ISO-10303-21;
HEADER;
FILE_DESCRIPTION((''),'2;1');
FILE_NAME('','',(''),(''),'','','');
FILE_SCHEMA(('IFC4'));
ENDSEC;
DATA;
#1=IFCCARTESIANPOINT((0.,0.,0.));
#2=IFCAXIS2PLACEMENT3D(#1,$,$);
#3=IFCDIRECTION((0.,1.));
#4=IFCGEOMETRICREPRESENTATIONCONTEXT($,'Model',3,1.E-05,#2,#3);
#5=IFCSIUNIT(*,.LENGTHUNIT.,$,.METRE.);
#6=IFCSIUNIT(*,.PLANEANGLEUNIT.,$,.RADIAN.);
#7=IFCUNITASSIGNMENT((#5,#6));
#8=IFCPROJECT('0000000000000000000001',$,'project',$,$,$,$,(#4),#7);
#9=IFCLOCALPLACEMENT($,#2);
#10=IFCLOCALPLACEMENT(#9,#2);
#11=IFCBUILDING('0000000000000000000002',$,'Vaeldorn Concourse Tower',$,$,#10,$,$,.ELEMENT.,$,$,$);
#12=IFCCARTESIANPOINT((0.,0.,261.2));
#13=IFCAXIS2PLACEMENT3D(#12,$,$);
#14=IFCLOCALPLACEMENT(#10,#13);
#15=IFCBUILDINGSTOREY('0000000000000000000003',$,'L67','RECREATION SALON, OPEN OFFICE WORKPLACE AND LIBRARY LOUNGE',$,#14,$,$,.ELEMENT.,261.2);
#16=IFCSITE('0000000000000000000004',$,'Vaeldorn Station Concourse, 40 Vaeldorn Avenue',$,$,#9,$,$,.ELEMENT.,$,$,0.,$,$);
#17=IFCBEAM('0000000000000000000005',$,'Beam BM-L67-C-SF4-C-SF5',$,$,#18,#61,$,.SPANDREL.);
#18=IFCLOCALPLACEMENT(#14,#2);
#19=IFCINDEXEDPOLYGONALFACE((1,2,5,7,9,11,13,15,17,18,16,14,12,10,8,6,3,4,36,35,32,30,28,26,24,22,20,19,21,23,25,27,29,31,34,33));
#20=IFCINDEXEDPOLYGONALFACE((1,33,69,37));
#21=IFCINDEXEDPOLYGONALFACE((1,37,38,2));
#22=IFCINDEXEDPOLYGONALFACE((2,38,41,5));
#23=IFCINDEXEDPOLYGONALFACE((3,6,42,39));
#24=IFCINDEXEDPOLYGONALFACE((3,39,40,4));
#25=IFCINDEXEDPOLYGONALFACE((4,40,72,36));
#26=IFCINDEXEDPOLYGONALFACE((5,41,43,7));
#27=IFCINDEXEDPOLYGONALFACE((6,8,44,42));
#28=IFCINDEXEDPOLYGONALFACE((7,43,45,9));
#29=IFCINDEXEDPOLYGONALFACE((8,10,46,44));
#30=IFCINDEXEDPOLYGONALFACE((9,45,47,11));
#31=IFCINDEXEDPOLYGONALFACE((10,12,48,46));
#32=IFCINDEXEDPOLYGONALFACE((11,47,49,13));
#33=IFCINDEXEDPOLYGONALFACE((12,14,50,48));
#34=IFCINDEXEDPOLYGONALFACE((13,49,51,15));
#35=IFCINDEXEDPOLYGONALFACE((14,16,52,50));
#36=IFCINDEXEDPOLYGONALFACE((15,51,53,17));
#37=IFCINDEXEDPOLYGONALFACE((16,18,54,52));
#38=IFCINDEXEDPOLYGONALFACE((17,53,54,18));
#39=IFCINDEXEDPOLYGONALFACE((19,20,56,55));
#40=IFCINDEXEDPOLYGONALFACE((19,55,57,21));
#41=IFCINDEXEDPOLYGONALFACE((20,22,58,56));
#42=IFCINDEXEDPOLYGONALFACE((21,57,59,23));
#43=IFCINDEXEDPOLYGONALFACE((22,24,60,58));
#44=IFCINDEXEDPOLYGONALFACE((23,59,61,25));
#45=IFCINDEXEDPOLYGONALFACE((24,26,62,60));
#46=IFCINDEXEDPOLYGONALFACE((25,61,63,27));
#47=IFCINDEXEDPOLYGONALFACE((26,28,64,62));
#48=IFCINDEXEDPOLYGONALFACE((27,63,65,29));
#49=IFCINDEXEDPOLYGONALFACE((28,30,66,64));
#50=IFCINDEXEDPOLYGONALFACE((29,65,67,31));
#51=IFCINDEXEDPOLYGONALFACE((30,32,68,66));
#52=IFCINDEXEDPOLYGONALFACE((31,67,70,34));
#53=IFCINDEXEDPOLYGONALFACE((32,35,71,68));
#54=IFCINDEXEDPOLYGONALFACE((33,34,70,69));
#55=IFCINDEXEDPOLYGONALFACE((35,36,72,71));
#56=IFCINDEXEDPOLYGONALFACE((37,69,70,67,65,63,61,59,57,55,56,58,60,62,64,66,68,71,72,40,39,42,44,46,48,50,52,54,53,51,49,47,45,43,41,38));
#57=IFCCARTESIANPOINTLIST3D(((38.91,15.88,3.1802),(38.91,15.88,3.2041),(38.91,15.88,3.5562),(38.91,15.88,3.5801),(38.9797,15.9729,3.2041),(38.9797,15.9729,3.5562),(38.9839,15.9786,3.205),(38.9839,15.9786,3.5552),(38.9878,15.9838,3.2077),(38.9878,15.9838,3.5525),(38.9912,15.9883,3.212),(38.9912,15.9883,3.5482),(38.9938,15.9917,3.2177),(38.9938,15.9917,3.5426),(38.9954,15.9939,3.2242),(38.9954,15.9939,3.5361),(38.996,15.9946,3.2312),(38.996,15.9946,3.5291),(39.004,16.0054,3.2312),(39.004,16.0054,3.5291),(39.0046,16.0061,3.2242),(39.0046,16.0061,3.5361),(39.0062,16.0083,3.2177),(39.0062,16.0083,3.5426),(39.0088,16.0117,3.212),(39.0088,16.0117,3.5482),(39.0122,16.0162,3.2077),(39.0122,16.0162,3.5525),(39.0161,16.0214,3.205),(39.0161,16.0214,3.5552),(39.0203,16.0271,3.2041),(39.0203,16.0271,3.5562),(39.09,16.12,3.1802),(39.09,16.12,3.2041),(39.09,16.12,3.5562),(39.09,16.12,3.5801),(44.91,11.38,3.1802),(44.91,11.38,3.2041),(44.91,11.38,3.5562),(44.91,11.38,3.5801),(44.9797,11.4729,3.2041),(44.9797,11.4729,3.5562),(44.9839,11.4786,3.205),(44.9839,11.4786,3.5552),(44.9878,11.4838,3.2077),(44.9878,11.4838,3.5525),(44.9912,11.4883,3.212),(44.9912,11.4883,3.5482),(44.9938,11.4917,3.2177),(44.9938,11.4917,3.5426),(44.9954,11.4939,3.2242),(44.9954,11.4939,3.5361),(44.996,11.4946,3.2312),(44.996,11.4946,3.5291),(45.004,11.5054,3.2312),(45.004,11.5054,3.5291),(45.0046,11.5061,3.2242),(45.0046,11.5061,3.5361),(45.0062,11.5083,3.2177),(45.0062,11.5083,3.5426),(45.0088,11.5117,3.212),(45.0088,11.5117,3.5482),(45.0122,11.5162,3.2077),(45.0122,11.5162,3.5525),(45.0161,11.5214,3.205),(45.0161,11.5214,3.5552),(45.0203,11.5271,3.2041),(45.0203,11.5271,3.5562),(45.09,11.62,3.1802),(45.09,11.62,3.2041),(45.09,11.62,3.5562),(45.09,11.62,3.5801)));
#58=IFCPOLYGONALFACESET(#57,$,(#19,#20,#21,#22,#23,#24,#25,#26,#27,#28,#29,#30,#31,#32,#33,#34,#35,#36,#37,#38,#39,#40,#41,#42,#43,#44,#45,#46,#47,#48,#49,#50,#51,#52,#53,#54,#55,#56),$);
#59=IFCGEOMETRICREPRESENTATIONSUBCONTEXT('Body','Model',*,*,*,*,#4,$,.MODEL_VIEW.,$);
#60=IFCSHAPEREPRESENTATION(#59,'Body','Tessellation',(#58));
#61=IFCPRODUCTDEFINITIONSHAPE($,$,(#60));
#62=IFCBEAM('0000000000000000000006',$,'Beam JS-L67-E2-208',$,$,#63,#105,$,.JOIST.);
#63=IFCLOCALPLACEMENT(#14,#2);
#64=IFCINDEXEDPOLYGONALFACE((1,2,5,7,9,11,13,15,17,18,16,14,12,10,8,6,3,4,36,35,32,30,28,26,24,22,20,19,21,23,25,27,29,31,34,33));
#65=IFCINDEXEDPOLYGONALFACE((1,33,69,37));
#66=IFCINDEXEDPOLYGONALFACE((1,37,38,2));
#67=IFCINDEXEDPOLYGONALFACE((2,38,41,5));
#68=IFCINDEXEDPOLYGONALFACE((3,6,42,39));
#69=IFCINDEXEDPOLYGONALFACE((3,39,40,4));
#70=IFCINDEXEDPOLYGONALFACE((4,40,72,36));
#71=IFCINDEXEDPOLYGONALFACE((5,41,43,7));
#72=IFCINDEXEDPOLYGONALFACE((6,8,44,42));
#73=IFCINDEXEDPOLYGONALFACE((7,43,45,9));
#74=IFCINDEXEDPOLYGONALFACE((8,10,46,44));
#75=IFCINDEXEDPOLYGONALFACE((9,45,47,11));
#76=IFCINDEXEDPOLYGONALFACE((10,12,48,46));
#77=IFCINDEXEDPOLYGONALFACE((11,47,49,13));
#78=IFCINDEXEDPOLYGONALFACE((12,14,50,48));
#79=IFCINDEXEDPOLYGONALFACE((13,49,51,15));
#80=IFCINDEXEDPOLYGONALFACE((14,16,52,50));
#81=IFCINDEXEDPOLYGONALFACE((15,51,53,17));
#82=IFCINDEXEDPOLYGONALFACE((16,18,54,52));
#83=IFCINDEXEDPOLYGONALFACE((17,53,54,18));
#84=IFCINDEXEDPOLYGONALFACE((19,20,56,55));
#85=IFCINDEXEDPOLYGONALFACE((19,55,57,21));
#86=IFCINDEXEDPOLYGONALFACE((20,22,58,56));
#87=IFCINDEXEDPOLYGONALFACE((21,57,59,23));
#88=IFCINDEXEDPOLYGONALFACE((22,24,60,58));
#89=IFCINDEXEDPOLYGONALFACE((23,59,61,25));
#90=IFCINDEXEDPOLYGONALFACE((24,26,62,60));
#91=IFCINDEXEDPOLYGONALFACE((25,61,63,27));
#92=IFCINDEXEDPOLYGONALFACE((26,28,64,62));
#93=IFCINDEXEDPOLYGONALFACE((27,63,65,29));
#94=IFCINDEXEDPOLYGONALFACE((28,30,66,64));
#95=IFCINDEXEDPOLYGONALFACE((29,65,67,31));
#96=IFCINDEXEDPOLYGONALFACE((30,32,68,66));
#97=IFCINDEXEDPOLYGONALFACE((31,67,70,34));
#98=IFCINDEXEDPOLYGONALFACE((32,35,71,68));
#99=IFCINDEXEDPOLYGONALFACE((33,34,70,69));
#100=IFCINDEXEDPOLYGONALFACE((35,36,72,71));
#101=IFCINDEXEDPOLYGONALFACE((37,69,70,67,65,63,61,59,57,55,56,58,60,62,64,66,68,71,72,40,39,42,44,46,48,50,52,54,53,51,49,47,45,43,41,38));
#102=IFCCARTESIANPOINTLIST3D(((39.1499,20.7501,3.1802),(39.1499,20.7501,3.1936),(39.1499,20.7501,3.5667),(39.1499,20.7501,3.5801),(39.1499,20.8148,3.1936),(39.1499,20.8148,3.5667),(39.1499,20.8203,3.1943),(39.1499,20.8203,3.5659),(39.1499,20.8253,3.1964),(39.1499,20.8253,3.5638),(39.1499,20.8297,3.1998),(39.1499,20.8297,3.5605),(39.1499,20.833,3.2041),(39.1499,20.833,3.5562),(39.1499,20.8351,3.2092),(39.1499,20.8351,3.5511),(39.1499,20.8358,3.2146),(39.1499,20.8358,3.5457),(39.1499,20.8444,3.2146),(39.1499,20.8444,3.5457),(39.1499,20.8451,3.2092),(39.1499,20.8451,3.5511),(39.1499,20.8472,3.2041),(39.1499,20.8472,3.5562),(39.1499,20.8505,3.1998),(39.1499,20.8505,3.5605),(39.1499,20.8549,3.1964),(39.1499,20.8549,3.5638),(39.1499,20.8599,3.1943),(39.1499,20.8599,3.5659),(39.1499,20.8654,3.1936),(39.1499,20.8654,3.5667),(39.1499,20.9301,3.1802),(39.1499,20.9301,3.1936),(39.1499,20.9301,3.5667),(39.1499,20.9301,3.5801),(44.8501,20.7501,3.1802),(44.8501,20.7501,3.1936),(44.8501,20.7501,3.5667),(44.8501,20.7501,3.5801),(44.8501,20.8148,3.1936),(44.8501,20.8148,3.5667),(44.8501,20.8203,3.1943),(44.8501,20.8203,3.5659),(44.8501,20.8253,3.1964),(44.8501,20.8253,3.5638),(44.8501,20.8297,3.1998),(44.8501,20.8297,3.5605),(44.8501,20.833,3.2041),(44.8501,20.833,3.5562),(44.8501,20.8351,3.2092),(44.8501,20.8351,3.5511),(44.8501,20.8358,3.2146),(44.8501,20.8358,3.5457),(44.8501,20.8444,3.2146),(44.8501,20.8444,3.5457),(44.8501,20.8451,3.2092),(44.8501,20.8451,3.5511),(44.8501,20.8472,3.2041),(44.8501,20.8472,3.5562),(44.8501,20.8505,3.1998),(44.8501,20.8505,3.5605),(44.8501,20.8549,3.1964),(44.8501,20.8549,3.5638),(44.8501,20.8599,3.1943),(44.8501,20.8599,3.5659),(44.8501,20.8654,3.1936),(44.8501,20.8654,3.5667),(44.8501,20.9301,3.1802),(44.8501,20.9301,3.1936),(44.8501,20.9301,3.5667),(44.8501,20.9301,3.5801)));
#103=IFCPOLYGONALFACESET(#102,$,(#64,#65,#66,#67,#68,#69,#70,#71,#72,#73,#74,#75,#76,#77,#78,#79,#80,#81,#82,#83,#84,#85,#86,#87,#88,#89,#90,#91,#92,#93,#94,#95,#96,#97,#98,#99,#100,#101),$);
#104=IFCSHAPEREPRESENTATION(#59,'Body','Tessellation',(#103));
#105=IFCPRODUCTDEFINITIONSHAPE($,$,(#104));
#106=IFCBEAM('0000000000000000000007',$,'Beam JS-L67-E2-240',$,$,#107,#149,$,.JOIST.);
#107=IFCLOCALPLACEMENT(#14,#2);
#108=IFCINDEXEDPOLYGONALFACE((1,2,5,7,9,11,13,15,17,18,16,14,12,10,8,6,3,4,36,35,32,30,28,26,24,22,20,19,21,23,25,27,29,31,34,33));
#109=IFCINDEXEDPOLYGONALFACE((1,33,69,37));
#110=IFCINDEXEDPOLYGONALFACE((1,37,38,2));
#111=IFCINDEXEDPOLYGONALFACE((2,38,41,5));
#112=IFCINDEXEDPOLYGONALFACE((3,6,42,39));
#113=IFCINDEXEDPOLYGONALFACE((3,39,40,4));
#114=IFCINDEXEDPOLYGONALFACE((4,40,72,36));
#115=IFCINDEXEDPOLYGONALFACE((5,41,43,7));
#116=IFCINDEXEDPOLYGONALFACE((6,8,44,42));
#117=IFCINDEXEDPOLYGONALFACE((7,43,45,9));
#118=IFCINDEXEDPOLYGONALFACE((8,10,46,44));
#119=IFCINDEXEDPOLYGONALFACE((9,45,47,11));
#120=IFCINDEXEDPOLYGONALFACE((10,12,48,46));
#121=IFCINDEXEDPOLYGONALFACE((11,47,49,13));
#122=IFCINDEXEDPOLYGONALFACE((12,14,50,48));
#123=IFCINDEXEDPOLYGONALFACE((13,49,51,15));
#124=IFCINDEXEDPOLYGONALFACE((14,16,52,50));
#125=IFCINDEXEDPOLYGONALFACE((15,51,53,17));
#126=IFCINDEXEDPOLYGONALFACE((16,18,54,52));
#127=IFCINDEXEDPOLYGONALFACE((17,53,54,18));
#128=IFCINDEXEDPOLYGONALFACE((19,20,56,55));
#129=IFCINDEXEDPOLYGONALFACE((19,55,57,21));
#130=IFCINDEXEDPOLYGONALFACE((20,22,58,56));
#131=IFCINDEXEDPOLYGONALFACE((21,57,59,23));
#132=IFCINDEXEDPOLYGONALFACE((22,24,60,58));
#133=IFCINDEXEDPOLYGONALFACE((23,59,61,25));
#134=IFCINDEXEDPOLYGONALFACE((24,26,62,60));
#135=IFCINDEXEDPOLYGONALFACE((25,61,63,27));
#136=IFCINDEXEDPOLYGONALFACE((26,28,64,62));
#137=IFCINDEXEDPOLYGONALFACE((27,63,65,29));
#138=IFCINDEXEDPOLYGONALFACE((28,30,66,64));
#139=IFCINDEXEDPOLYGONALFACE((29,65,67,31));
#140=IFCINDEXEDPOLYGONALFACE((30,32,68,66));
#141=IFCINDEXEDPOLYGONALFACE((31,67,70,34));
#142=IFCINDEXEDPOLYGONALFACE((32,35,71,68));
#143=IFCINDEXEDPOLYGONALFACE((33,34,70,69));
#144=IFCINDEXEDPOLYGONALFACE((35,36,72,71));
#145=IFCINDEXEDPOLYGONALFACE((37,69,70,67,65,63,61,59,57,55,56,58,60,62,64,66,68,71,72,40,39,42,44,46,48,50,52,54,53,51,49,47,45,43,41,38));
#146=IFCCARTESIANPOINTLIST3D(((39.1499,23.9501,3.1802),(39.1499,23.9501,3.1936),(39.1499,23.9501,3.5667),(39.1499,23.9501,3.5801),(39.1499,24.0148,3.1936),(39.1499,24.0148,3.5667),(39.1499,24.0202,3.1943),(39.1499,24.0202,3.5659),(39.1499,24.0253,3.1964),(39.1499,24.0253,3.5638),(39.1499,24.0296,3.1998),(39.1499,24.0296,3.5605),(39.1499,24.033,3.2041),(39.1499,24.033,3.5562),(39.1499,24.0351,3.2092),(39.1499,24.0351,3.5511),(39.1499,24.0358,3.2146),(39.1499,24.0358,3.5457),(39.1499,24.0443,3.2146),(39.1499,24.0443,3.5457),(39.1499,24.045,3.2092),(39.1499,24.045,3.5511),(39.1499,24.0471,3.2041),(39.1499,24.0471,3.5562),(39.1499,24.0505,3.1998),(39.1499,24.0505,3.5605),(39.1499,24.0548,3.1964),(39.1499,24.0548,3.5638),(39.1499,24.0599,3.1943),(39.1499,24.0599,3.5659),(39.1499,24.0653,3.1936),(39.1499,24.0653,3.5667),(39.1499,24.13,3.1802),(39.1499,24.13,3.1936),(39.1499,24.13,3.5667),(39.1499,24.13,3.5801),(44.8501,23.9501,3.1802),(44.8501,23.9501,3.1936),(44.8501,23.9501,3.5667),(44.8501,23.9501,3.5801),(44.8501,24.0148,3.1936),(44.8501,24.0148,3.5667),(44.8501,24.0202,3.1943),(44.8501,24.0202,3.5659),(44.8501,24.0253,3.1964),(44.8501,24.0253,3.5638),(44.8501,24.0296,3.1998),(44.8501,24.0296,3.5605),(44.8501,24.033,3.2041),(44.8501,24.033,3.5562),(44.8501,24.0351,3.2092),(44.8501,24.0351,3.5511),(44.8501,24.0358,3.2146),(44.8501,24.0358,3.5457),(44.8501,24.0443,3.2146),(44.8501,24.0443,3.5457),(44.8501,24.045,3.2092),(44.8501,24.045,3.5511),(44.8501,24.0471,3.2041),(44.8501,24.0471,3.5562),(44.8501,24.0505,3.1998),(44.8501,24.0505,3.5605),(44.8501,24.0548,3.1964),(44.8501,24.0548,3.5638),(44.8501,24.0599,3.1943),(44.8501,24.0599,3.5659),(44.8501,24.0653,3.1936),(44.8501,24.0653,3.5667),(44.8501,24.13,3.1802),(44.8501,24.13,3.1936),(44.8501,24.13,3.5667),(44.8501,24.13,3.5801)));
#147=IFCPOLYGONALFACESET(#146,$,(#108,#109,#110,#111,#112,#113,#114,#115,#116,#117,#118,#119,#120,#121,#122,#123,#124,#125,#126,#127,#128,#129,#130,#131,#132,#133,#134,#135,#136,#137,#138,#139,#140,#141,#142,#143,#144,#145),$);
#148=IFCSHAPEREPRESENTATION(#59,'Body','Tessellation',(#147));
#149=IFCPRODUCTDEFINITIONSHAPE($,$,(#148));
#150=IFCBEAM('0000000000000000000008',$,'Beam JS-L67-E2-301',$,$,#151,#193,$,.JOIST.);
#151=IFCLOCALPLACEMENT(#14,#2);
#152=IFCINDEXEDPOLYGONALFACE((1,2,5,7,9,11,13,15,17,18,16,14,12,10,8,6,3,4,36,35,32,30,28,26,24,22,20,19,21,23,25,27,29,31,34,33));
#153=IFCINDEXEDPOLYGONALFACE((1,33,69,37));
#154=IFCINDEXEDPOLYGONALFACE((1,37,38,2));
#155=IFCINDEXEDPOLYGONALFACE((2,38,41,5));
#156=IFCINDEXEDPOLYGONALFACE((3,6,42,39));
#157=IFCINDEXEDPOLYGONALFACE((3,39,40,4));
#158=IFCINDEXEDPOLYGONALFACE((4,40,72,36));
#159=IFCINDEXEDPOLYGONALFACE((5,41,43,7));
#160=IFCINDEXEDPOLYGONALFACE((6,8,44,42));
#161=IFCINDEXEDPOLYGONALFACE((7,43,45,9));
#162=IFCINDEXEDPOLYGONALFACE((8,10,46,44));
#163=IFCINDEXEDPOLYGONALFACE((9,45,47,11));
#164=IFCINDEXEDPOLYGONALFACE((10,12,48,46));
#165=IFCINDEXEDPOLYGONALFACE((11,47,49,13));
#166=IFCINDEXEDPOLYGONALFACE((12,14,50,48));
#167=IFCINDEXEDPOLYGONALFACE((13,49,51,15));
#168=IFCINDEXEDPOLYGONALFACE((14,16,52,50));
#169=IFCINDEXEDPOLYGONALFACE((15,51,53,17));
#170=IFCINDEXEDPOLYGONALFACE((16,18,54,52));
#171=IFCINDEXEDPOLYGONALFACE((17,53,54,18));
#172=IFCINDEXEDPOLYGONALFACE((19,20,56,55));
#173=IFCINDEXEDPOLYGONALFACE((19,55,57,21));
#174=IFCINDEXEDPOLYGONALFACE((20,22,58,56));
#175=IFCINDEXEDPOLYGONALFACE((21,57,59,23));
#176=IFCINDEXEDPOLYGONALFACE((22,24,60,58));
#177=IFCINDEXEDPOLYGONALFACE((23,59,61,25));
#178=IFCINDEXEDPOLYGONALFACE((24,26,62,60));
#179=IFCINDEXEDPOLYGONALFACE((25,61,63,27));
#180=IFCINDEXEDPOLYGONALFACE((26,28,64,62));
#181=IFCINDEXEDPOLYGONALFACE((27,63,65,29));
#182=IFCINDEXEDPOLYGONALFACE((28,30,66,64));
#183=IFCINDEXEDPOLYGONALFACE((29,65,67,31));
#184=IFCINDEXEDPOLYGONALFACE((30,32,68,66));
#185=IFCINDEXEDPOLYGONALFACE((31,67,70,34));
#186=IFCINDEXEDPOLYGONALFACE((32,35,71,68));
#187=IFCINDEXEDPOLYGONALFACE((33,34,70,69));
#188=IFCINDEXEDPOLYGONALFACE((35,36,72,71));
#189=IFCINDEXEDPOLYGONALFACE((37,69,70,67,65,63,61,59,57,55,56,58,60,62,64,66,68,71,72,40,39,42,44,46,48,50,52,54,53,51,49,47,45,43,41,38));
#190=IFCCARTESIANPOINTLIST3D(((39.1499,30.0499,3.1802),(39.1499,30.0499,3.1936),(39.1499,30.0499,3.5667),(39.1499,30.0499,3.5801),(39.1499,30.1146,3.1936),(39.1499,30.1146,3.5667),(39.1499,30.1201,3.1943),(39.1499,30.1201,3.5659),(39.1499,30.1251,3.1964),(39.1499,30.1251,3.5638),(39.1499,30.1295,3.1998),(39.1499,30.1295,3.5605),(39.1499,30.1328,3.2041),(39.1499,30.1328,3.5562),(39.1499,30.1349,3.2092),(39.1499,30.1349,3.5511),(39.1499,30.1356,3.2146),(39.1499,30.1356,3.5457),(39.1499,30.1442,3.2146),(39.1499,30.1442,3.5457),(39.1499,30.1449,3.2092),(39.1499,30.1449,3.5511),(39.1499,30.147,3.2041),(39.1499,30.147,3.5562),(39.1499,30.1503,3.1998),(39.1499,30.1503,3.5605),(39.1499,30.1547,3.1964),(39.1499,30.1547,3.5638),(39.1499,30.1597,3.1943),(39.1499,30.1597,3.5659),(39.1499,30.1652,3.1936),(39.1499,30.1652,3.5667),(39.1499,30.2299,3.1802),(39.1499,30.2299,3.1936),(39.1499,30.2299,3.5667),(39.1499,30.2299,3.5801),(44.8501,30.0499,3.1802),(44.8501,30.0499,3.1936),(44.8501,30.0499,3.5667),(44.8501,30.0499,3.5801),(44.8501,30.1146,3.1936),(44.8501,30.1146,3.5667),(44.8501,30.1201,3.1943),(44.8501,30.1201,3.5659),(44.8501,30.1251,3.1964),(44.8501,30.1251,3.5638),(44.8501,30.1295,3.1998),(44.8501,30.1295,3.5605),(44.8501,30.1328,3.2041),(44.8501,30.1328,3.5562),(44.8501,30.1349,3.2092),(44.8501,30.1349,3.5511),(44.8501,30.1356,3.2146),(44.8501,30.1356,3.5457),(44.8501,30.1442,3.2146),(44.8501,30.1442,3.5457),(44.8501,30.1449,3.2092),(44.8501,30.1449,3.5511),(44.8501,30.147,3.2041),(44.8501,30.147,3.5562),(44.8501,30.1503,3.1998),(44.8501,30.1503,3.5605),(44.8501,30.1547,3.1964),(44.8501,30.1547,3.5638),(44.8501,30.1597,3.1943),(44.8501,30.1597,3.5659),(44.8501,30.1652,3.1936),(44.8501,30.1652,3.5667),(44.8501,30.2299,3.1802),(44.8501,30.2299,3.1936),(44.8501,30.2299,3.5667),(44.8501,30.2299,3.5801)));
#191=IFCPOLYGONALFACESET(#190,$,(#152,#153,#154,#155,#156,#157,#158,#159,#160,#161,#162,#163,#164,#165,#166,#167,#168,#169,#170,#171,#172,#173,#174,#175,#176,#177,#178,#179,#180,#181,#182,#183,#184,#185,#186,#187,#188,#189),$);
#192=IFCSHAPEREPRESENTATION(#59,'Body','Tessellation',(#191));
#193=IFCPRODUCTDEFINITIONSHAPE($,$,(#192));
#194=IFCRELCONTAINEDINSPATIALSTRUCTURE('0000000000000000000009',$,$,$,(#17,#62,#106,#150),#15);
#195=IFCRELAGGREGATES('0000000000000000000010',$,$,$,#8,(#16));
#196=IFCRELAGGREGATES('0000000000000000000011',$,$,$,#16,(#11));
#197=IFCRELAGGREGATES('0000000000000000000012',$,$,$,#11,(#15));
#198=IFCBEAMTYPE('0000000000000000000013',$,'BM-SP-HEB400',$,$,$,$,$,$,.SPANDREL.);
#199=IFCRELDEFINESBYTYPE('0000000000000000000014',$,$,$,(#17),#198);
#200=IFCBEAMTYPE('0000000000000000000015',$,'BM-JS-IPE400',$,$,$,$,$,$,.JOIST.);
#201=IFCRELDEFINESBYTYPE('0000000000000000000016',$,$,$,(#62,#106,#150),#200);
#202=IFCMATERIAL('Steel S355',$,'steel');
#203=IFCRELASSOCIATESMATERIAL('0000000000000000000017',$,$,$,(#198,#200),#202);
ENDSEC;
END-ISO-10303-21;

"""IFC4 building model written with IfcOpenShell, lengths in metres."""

from ifc_helpers import new_model, si_unit, direction, frame, origin, origin_2d, place, context, subcontext, project, spatial, i_section, extrude, source, transform, mapped, material, material_profile, profile_set, type_object, element, save


model = new_model("IFC4")

# Units and contexts
model_context = context("Model", 3, precision=1e-05, world=origin(), true_north=direction((0.0, 1.0)))
body_context = subcontext(model_context, "Body", "Model", "MODEL_VIEW")
ifc_project = project(units=[si_unit("LENGTHUNIT", "METRE"), si_unit("PLANEANGLEUNIT", "RADIAN")], contexts=[model_context])

# Site, building, storey
site_placement = place(None, origin())
site = spatial("IfcSite", under=ifc_project, at=site_placement, Name="Vaeldorn Station Concourse, 40 Vaeldorn Avenue", CompositionType="ELEMENT", RefElevation=0.0)
building_placement = place(site_placement, origin())
building = spatial("IfcBuilding", under=site, at=building_placement, Name="Vaeldorn Concourse Tower", CompositionType="ELEMENT")
storey_placement = place(building_placement, frame((0.0, 0.0, 261.2)))
storey = spatial("IfcBuildingStorey", under=building, at=storey_placement, Name="L67", Description="RECREATION SALON, OPEN OFFICE WORKPLACE AND LIBRARY LOUNGE", CompositionType="ELEMENT", Elevation=261.2)

# Shared definitions
ifc_material_1 = material(Name="Steel S355", Category="steel")

# Beams
ifc_material_profile_1 = material_profile(ifc_material_1, i_section(OverallWidth=0.3, OverallDepth=0.3999, WebThickness=0.0134, FlangeThickness=0.0239, FilletRadius=0.0271, at=origin_2d()), Name="HEB 400")
ifc_profile_set_1 = profile_set([ifc_material_profile_1], Name="Steel S355")
beam_type_1 = type_object("IfcBeamType", Name="BM-SP-HEB400", PredefinedType="SPANDREL", material=ifc_profile_set_1)
shared_shape_1 = source(origin(), body_context, "Body", "SweptSolid", [
    extrude(i_section(OverallWidth=0.3, OverallDepth=0.3999, WebThickness=0.0134, FlangeThickness=0.0239, FilletRadius=0.0271, at=origin_2d()), origin(), (0.0, 0.0, 1.0), 7.5),
])
beam_1_placement = place(storey_placement, frame((39.0, 16.0, 3.3801), z_axis=(0.8, -0.6, 0.0), x_axis=(0.6, 0.8, 0.0)))
element("IfcBeam", 1, at=beam_1_placement, inside=storey, type_object=beam_type_1, Name="Beam BM-L67-C-SF4-C-SF5", PredefinedType="SPANDREL", context=body_context, shape_type="MappedRepresentation", body=[
    mapped(shared_shape_1, transform((0.0, 0.0, 0.0), scale=1.0)),
])
ifc_material_profile_2 = material_profile(ifc_material_1, i_section(OverallWidth=0.1799, OverallDepth=0.3999, WebThickness=0.0085, FlangeThickness=0.0134, FilletRadius=0.021, at=origin_2d()), Name="IPE 400")
ifc_profile_set_2 = profile_set([ifc_material_profile_2], Name="Steel S355")
beam_type_2 = type_object("IfcBeamType", Name="BM-JS-IPE400", PredefinedType="JOIST", material=ifc_profile_set_2)
shared_shape_2 = source(origin(), body_context, "Body", "SweptSolid", [
    extrude(i_section(OverallWidth=0.1799, OverallDepth=0.3999, WebThickness=0.0085, FlangeThickness=0.0134, FilletRadius=0.021, at=origin_2d()), origin(), (0.0, 0.0, 1.0), 5.7002),
])
for number, where, z_axis, x_axis, name in (
    (2, (39.1499, 20.8401, 3.3801), (1.0, 0.0, 0.0), (0.0, 1.0, 0.0), "Beam JS-L67-E2-208"),
    (3, (39.1499, 24.04, 3.3801), (1.0, 0.0, 0.0), (0.0, 1.0, 0.0), "Beam JS-L67-E2-240"),
    (4, (39.1499, 30.1399, 3.3801), (1.0, 0.0, 0.0), (0.0, 1.0, 0.0), "Beam JS-L67-E2-301"),
):
    element("IfcBeam", number, at=place(storey_placement, frame(where, z_axis=z_axis, x_axis=x_axis)), inside=storey, type_object=beam_type_2, Name=name, PredefinedType="JOIST", context=body_context, shape_type="MappedRepresentation", body=[
        mapped(shared_shape_2, transform((0.0, 0.0, 0.0), scale=1.0)),
    ])

save(model, "model.ifc")
